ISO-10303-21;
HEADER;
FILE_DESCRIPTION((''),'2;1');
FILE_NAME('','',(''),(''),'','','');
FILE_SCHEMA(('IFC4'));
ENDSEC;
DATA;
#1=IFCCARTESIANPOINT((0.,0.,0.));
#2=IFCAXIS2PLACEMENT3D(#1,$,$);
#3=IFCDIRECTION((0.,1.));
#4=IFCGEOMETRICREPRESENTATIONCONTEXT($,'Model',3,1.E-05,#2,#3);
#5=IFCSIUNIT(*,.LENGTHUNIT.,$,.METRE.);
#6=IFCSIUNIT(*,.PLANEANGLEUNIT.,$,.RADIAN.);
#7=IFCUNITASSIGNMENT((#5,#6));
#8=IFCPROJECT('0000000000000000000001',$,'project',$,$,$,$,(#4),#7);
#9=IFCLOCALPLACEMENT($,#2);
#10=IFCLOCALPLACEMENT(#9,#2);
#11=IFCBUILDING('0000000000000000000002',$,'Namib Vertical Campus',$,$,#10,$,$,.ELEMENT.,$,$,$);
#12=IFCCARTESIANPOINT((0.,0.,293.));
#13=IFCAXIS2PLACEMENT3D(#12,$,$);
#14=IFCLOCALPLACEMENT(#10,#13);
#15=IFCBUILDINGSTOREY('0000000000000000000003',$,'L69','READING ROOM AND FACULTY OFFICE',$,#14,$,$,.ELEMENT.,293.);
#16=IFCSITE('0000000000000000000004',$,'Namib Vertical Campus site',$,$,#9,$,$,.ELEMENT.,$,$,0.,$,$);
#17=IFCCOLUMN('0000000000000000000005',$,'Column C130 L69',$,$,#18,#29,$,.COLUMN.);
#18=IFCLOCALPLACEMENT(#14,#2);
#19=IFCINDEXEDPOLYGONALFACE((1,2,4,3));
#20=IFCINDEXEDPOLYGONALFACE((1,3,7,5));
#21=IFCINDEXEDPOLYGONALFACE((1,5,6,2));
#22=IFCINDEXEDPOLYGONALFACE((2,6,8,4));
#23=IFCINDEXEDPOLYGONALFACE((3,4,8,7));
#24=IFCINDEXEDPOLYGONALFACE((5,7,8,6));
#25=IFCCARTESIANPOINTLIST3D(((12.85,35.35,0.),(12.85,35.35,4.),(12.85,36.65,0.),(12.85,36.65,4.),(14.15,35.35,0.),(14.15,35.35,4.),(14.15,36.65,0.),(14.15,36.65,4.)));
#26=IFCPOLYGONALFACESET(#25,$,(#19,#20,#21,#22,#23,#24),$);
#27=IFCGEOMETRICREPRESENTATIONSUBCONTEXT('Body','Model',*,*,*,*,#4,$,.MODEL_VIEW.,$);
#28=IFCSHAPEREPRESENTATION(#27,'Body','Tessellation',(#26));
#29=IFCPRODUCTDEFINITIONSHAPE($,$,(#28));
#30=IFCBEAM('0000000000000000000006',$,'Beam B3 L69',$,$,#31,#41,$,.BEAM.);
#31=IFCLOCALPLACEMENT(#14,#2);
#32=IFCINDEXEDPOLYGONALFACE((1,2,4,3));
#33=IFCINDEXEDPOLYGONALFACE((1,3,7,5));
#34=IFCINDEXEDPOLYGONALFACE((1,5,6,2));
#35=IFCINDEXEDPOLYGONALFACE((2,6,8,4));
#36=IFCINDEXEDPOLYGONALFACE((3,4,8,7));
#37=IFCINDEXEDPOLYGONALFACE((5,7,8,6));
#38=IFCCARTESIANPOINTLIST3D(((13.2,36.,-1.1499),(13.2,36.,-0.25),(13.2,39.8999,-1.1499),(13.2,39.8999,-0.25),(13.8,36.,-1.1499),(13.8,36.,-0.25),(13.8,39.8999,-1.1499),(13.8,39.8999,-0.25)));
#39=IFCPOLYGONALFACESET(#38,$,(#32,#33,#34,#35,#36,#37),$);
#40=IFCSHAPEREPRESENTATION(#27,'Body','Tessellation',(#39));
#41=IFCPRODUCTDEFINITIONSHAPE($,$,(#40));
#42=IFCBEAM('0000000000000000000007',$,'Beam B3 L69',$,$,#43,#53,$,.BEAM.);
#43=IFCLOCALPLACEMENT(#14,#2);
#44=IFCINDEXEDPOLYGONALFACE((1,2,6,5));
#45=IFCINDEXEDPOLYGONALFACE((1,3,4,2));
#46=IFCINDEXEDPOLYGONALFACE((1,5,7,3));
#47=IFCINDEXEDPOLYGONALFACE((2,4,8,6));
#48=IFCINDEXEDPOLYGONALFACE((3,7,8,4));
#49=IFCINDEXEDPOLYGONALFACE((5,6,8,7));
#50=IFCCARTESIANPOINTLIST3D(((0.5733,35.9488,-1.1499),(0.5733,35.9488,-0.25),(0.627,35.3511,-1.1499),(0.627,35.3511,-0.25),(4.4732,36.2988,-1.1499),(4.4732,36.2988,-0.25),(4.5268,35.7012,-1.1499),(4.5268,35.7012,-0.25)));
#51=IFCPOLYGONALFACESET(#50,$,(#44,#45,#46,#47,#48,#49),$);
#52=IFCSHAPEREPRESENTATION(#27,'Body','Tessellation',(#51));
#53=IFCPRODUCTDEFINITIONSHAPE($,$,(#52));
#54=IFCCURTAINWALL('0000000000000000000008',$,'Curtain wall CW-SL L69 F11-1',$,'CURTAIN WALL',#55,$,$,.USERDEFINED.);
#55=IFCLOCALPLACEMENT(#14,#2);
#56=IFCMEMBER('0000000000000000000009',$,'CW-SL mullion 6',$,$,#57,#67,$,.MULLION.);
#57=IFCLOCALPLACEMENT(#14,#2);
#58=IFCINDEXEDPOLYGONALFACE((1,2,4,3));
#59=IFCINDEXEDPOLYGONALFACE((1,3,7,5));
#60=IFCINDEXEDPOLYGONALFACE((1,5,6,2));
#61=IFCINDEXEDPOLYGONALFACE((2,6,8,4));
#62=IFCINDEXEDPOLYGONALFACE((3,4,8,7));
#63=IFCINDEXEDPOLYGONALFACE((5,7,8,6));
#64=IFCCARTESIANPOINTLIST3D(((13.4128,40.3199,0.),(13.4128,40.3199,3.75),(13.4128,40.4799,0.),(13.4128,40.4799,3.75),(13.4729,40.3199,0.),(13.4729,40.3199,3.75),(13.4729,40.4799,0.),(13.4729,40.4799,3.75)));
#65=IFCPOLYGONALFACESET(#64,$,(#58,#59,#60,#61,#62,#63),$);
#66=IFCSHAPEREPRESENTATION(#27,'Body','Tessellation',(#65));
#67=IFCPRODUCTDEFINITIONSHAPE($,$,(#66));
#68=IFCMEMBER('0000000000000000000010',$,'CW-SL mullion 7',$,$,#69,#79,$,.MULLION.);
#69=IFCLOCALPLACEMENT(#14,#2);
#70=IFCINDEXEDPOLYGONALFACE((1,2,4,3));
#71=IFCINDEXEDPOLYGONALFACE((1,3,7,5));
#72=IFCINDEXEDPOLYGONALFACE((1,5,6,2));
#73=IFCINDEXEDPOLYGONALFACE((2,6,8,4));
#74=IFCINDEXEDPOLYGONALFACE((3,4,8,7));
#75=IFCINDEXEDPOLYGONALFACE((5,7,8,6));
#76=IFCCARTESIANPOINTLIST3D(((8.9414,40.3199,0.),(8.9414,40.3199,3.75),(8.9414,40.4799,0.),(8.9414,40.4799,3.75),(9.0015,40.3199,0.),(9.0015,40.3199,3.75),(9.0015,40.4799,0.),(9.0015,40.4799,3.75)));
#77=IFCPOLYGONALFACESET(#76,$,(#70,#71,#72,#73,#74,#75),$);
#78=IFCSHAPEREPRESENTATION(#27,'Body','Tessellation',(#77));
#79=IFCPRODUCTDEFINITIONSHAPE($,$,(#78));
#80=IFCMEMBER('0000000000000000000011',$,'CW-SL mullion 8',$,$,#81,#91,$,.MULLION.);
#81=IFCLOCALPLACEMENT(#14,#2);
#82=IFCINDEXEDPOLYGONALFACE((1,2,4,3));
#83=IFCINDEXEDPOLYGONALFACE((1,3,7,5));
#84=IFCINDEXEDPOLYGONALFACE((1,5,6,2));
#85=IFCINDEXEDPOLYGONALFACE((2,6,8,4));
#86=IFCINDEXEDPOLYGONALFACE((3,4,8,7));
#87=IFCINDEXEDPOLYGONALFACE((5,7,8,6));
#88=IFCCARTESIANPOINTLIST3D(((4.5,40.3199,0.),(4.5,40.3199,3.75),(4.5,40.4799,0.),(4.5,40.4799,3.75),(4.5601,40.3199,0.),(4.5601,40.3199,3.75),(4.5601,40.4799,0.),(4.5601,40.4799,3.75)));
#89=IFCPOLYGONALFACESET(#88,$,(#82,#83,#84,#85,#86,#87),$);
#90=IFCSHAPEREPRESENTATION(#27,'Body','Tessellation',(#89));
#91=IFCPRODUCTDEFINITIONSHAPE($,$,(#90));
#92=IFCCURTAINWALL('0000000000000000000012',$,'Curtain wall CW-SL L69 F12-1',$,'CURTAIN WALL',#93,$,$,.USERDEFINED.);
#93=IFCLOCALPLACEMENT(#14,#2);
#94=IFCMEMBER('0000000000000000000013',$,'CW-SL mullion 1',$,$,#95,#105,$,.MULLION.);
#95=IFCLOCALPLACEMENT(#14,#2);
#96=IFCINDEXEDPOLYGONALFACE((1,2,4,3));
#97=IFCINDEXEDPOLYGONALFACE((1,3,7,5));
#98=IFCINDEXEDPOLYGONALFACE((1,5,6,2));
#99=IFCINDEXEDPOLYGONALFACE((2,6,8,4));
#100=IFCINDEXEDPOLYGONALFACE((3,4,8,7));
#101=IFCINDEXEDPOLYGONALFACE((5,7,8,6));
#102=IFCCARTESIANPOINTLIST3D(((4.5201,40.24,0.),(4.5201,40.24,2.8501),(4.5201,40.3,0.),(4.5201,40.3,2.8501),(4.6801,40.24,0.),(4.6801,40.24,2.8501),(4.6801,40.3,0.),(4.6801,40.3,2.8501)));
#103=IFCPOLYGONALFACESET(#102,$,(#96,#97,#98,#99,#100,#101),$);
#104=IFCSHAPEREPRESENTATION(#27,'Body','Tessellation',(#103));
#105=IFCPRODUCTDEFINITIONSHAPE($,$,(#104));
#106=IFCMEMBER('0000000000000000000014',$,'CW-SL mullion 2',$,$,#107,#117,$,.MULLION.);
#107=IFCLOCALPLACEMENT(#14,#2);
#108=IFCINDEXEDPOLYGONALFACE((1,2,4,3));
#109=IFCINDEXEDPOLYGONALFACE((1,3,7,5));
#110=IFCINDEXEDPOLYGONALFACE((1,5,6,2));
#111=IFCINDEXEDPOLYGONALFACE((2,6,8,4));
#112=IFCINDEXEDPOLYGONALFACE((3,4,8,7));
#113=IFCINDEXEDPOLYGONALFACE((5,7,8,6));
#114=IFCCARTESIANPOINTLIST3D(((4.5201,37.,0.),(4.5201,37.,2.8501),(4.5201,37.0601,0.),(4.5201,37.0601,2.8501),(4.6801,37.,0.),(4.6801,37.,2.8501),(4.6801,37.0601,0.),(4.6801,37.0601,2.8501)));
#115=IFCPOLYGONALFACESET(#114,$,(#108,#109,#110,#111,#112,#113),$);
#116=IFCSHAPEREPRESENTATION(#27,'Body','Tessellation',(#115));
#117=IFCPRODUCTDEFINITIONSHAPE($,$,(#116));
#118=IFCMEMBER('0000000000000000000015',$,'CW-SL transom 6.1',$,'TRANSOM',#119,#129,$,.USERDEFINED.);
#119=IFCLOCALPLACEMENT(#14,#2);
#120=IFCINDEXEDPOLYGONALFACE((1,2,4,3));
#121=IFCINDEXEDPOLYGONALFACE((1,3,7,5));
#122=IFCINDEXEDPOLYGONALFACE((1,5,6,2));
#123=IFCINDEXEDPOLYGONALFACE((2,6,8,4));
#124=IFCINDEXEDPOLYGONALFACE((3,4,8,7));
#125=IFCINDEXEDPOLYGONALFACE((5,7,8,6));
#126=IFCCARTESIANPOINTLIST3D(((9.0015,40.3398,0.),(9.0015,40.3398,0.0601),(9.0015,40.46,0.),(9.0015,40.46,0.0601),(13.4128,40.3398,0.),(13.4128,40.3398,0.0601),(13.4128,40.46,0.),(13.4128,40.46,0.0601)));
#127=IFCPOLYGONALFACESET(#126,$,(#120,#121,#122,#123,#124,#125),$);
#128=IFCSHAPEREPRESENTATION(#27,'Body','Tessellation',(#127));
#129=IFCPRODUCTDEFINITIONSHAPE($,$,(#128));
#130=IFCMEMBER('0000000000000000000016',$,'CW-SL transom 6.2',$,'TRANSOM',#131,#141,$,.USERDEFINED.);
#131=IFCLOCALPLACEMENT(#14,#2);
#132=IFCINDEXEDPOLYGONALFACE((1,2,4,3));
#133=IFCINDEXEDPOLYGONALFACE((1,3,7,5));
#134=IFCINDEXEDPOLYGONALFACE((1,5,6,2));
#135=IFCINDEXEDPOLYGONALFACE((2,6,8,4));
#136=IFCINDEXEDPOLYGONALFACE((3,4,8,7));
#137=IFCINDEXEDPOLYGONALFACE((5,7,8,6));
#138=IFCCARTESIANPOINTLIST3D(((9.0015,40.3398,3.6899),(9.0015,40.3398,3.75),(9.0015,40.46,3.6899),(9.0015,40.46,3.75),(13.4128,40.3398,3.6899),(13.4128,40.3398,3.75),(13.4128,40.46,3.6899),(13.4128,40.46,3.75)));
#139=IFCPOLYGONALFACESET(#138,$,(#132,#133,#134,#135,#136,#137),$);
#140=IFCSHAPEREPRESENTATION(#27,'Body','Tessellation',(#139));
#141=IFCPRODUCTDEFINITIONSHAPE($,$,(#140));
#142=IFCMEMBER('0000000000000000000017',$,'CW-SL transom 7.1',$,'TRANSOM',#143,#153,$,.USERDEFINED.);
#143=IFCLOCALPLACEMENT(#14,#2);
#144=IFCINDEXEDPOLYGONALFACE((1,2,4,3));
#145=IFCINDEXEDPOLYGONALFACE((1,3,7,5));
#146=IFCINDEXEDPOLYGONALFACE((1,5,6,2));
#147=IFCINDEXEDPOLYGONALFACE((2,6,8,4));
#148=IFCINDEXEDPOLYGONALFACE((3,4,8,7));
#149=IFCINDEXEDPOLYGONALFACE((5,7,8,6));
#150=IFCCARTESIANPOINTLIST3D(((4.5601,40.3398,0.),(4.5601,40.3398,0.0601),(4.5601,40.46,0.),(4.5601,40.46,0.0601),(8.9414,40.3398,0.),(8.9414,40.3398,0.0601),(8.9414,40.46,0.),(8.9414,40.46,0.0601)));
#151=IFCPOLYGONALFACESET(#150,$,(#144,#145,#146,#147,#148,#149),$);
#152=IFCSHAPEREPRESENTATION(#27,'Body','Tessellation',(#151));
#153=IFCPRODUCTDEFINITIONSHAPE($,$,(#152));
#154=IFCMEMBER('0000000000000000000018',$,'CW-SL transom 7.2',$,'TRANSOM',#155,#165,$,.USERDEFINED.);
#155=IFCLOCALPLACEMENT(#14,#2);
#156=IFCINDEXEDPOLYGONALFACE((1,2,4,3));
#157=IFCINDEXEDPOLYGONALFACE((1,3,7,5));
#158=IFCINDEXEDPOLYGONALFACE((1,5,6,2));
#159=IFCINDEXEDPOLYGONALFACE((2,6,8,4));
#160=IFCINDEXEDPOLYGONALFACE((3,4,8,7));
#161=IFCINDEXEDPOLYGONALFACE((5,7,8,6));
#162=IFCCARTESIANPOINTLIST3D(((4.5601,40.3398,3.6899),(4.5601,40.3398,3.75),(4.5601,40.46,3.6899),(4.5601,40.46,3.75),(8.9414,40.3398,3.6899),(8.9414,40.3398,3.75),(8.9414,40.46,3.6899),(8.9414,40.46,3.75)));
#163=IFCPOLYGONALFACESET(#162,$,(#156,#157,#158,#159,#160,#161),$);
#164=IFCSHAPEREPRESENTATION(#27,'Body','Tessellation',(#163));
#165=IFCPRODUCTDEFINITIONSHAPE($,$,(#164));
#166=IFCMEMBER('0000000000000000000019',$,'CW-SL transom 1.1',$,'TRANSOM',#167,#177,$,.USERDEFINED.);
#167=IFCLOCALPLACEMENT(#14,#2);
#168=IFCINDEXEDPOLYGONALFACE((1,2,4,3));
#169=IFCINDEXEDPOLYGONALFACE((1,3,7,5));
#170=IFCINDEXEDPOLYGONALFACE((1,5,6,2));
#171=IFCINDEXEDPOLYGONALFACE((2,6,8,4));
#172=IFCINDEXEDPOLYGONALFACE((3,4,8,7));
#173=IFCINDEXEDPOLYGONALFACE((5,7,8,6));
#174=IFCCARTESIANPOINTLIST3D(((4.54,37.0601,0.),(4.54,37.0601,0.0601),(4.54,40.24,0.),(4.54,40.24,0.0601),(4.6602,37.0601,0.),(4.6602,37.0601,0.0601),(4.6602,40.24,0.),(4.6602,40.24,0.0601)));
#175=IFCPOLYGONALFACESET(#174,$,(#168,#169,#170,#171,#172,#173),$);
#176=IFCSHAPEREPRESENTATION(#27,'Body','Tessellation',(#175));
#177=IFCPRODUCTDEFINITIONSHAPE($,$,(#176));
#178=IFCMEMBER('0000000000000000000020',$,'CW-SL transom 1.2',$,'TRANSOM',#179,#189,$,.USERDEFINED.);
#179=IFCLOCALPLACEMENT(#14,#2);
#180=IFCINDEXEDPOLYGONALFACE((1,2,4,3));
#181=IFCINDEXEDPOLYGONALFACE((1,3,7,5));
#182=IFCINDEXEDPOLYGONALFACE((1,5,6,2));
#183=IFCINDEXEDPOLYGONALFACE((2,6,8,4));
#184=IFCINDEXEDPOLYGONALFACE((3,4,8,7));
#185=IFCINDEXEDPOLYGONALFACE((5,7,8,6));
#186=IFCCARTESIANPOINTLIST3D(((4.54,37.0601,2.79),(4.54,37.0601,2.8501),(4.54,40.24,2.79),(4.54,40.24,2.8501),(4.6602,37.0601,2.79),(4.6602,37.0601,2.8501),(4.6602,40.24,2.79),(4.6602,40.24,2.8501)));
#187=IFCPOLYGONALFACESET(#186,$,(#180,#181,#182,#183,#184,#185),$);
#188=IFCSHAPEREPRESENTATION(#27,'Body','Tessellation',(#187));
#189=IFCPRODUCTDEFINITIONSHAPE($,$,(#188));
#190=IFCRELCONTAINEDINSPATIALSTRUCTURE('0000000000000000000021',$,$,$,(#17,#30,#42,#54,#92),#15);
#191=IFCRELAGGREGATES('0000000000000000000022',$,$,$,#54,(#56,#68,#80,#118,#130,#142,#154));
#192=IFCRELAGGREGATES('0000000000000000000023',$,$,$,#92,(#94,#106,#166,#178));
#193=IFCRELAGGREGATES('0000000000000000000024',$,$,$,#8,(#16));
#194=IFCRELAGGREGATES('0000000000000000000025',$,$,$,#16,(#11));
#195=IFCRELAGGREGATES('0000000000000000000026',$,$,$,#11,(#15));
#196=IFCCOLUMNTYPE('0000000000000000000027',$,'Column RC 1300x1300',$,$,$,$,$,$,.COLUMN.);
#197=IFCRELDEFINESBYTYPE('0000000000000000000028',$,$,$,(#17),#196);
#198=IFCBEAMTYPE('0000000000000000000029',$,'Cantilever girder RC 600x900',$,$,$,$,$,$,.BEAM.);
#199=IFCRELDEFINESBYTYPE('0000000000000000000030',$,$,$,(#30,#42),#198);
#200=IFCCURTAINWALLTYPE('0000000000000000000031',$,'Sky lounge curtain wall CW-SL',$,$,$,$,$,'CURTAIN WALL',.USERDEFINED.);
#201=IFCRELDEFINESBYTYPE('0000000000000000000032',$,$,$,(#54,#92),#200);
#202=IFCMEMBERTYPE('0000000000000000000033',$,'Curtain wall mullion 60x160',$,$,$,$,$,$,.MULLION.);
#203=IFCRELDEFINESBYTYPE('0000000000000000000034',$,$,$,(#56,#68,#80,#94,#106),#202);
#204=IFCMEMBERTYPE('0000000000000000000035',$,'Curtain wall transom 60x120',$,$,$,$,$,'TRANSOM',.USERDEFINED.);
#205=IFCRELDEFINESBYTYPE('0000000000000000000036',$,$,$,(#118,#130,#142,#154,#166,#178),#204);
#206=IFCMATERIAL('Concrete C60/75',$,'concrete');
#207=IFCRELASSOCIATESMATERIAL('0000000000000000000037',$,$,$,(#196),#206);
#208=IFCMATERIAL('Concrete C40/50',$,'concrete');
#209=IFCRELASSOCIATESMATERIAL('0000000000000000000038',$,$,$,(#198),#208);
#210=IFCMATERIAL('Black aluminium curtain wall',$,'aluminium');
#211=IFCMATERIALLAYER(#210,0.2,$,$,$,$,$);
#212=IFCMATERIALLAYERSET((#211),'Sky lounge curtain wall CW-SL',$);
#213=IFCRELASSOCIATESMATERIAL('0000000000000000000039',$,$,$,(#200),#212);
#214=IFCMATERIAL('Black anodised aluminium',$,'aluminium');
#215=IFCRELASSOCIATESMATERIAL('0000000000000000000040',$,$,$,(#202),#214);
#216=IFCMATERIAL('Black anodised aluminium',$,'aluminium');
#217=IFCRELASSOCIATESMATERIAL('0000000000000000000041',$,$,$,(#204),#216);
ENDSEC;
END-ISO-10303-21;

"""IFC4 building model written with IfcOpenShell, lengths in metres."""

from ifc_helpers import new_model, si_unit, direction, frame, origin, origin_2d, place, context, subcontext, project, spatial, rectangle, extrude, material, layer, layer_set, material_profile, profile_set, type_object, element, aggregate, save


model = new_model("IFC4")

# Units and contexts
model_context = context("Model", 3, precision=1e-05, world=origin(), true_north=direction((0.0, 1.0)))
body_context = subcontext(model_context, "Body", "Model", "MODEL_VIEW")
ifc_project = project(units=[si_unit("LENGTHUNIT", "METRE"), si_unit("PLANEANGLEUNIT", "RADIAN")], contexts=[model_context])

# Site, building, storey
site_placement = place(None, origin())
site = spatial("IfcSite", under=ifc_project, at=site_placement, Name="Namib Vertical Campus site", CompositionType="ELEMENT", RefElevation=0.0)
building_placement = place(site_placement, origin())
building = spatial("IfcBuilding", under=site, at=building_placement, Name="Namib Vertical Campus", CompositionType="ELEMENT")
storey_placement = place(building_placement, frame((0.0, 0.0, 293.0)))
storey = spatial("IfcBuildingStorey", under=building, at=storey_placement, Name="L69", Description="READING ROOM AND FACULTY OFFICE", CompositionType="ELEMENT", Elevation=293.0)

# Column
ifc_material_1 = material(Name="Concrete C60/75", Category="concrete")
ifc_material_profile_1 = material_profile(ifc_material_1, rectangle(XDim=1.3, YDim=1.3, at=origin_2d()))
ifc_profile_set_1 = profile_set([ifc_material_profile_1], Name="Concrete C60/75")
column_type = type_object("IfcColumnType", Name="Column RC 1300x1300", PredefinedType="COLUMN", material=ifc_profile_set_1)
column_placement = place(storey_placement, frame((13.5, 36.0, 0.0), z_axis=(0.0, 0.0, 1.0), x_axis=(1.0, 0.0, 0.0)))
element("IfcColumn", 1, at=column_placement, inside=storey, type_object=column_type, Name="Column C130 L69", PredefinedType="COLUMN", context=body_context, shape_type="SweptSolid", body=[
    extrude(rectangle(XDim=1.3, YDim=1.3, at=origin_2d()), origin(), (0.0, 0.0, 1.0), 4.0),
])

# Beams
ifc_material_2 = material(Name="Concrete C40/50", Category="concrete")
ifc_material_profile_2 = material_profile(ifc_material_2, rectangle(XDim=0.6001, YDim=0.8999, at=origin_2d()))
ifc_profile_set_2 = profile_set([ifc_material_profile_2], Name="Concrete C40/50")
beam_type_1 = type_object("IfcBeamType", Name="Cantilever girder RC 600x900", PredefinedType="BEAM", material=ifc_profile_set_2)
beam_1_placement = place(storey_placement, frame((13.5, 36.0, -0.7), z_axis=(0.0, 1.0, 0.0), x_axis=(-1.0, 0.0, 0.0)))
element("IfcBeam", 2, at=beam_1_placement, inside=storey, type_object=beam_type_1, Name="Beam B3 L69", PredefinedType="BEAM", context=body_context, shape_type="SweptSolid", body=[
    extrude(rectangle(XDim=0.6001, YDim=0.8999, at=origin_2d()), origin(), (0.0, 0.0, 1.0), 3.8999),
])
beam_2_placement = place(storey_placement, frame((4.5, 36.0, -0.7), z_axis=(-0.995995, -0.089411, 0.0), x_axis=(0.089411, -0.995995, 0.0)))
element("IfcBeam", 3, at=beam_2_placement, inside=storey, type_object=beam_type_1, Name="Beam B3 L69", PredefinedType="BEAM", context=body_context, shape_type="SweptSolid", body=[
    extrude(rectangle(XDim=0.6001, YDim=0.8999, at=origin_2d()), origin(), (0.0, 0.0, 1.0), 3.9155),
])

# Curtain walls, members
ifc_material_3 = material(Name="Black aluminium curtain wall", Category="aluminium")
ifc_layer_1 = layer(ifc_material_3, 0.2)
ifc_layer_set_1 = layer_set([ifc_layer_1], Name="Sky lounge curtain wall CW-SL")
curtain_wall_type = type_object("IfcCurtainWallType", Name="Sky lounge curtain wall CW-SL", ElementType="CURTAIN WALL", PredefinedType="USERDEFINED", material=ifc_layer_set_1)
curtain_wall_1_placement = place(storey_placement, origin())
curtain_wall_1 = element("IfcCurtainWall", 4, at=curtain_wall_1_placement, inside=storey, type_object=curtain_wall_type, Name="Curtain wall CW-SL L69 F11-1", ObjectType="CURTAIN WALL", PredefinedType="USERDEFINED")
ifc_material_4 = material(Name="Black anodised aluminium", Category="aluminium")
ifc_material_profile_3 = material_profile(ifc_material_4, rectangle(XDim=0.0601, YDim=0.1599, at=origin_2d()))
ifc_profile_set_3 = profile_set([ifc_material_profile_3], Name="Black anodised aluminium")
member_type_1 = type_object("IfcMemberType", Name="Curtain wall mullion 60x160", PredefinedType="MULLION", material=ifc_profile_set_3)
member_1_placement = place(storey_placement, frame((13.4429, 40.3999, 0.0), z_axis=(0.0, 0.0, 1.0), x_axis=(-1.0, 0.0, 0.0)))
member_1 = element("IfcMember", 5, at=member_1_placement, type_object=member_type_1, Name="CW-SL mullion 6", PredefinedType="MULLION", context=body_context, shape_type="SweptSolid", body=[
    extrude(rectangle(XDim=0.0601, YDim=0.1599, at=origin_2d()), origin(), (0.0, 0.0, 1.0), 3.75),
])
member_2_placement = place(storey_placement, frame((8.9714, 40.3999, 0.0), z_axis=(0.0, 0.0, 1.0), x_axis=(-1.0, 0.0, 0.0)))
member_2 = element("IfcMember", 6, at=member_2_placement, type_object=member_type_1, Name="CW-SL mullion 7", PredefinedType="MULLION", context=body_context, shape_type="SweptSolid", body=[
    extrude(rectangle(XDim=0.0601, YDim=0.1599, at=origin_2d()), origin(), (0.0, 0.0, 1.0), 3.75),
])
member_3_placement = place(storey_placement, frame((4.53, 40.3999, 0.0), z_axis=(0.0, 0.0, 1.0), x_axis=(-1.0, 0.0, 0.0)))
member_3 = element("IfcMember", 7, at=member_3_placement, type_object=member_type_1, Name="CW-SL mullion 8", PredefinedType="MULLION", context=body_context, shape_type="SweptSolid", body=[
    extrude(rectangle(XDim=0.0601, YDim=0.1599, at=origin_2d()), origin(), (0.0, 0.0, 1.0), 3.75),
])
curtain_wall_2_placement = place(storey_placement, origin())
curtain_wall_2 = element("IfcCurtainWall", 8, at=curtain_wall_2_placement, inside=storey, type_object=curtain_wall_type, Name="Curtain wall CW-SL L69 F12-1", ObjectType="CURTAIN WALL", PredefinedType="USERDEFINED")
member_4_placement = place(storey_placement, frame((4.6001, 40.27, 0.0), z_axis=(0.0, 0.0, 1.0), x_axis=(0.0, -1.0, 0.0)))
member_4 = element("IfcMember", 9, at=member_4_placement, type_object=member_type_1, Name="CW-SL mullion 1", PredefinedType="MULLION", context=body_context, shape_type="SweptSolid", body=[
    extrude(rectangle(XDim=0.0601, YDim=0.1599, at=origin_2d()), origin(), (0.0, 0.0, 1.0), 2.8501),
])
member_5_placement = place(storey_placement, frame((4.6001, 37.03, 0.0), z_axis=(0.0, 0.0, 1.0), x_axis=(0.0, -1.0, 0.0)))
member_5 = element("IfcMember", 10, at=member_5_placement, type_object=member_type_1, Name="CW-SL mullion 2", PredefinedType="MULLION", context=body_context, shape_type="SweptSolid", body=[
    extrude(rectangle(XDim=0.0601, YDim=0.1599, at=origin_2d()), origin(), (0.0, 0.0, 1.0), 2.8501),
])

# Members
ifc_material_5 = material(Name="Black anodised aluminium", Category="aluminium")
ifc_material_profile_4 = material_profile(ifc_material_5, rectangle(XDim=0.0601, YDim=0.1201, at=origin_2d()))
ifc_profile_set_4 = profile_set([ifc_material_profile_4], Name="Black anodised aluminium")
member_type_2 = type_object("IfcMemberType", Name="Curtain wall transom 60x120", ElementType="TRANSOM", PredefinedType="USERDEFINED", material=ifc_profile_set_4)
member_6_placement = place(storey_placement, frame((13.4128, 40.3999, 0.03), z_axis=(-1.0, 0.0, 0.0), x_axis=(0.0, 0.0, 1.0)))
member_6 = element("IfcMember", 11, at=member_6_placement, type_object=member_type_2, Name="CW-SL transom 6.1", ObjectType="TRANSOM", PredefinedType="USERDEFINED", context=body_context, shape_type="SweptSolid", body=[
    extrude(rectangle(XDim=0.0601, YDim=0.1201, at=origin_2d()), origin(), (0.0, 0.0, 1.0), 4.4114),
])
member_7_placement = place(storey_placement, frame((13.4128, 40.3999, 3.72), z_axis=(-1.0, 0.0, 0.0), x_axis=(0.0, 0.0, 1.0)))
member_7 = element("IfcMember", 12, at=member_7_placement, type_object=member_type_2, Name="CW-SL transom 6.2", ObjectType="TRANSOM", PredefinedType="USERDEFINED", context=body_context, shape_type="SweptSolid", body=[
    extrude(rectangle(XDim=0.0601, YDim=0.1201, at=origin_2d()), origin(), (0.0, 0.0, 1.0), 4.4114),
])
member_8_placement = place(storey_placement, frame((8.9414, 40.3999, 0.03), z_axis=(-1.0, 0.0, 0.0), x_axis=(0.0, 0.0, 1.0)))
member_8 = element("IfcMember", 13, at=member_8_placement, type_object=member_type_2, Name="CW-SL transom 7.1", ObjectType="TRANSOM", PredefinedType="USERDEFINED", context=body_context, shape_type="SweptSolid", body=[
    extrude(rectangle(XDim=0.0601, YDim=0.1201, at=origin_2d()), origin(), (0.0, 0.0, 1.0), 4.3813),
])
member_9_placement = place(storey_placement, frame((8.9414, 40.3999, 3.72), z_axis=(-1.0, 0.0, 0.0), x_axis=(0.0, 0.0, 1.0)))
member_9 = element("IfcMember", 14, at=member_9_placement, type_object=member_type_2, Name="CW-SL transom 7.2", ObjectType="TRANSOM", PredefinedType="USERDEFINED", context=body_context, shape_type="SweptSolid", body=[
    extrude(rectangle(XDim=0.0601, YDim=0.1201, at=origin_2d()), origin(), (0.0, 0.0, 1.0), 4.3813),
])
member_10_placement = place(storey_placement, frame((4.6001, 40.24, 0.03), z_axis=(0.0, -1.0, 0.0), x_axis=(0.0, 0.0, 1.0)))
member_10 = element("IfcMember", 15, at=member_10_placement, type_object=member_type_2, Name="CW-SL transom 1.1", ObjectType="TRANSOM", PredefinedType="USERDEFINED", context=body_context, shape_type="SweptSolid", body=[
    extrude(rectangle(XDim=0.0601, YDim=0.1201, at=origin_2d()), origin(), (0.0, 0.0, 1.0), 3.1799),
])
member_11_placement = place(storey_placement, frame((4.6001, 40.24, 2.8201), z_axis=(0.0, -1.0, 0.0), x_axis=(0.0, 0.0, 1.0)))
member_11 = element("IfcMember", 16, at=member_11_placement, type_object=member_type_2, Name="CW-SL transom 1.2", ObjectType="TRANSOM", PredefinedType="USERDEFINED", context=body_context, shape_type="SweptSolid", body=[
    extrude(rectangle(XDim=0.0601, YDim=0.1201, at=origin_2d()), origin(), (0.0, 0.0, 1.0), 3.1799),
])

aggregate(curtain_wall_1, [member_1, member_2, member_3, member_6, member_7, member_8, member_9])
aggregate(curtain_wall_2, [member_4, member_5, member_10, member_11])

save(model, "model.ifc")
